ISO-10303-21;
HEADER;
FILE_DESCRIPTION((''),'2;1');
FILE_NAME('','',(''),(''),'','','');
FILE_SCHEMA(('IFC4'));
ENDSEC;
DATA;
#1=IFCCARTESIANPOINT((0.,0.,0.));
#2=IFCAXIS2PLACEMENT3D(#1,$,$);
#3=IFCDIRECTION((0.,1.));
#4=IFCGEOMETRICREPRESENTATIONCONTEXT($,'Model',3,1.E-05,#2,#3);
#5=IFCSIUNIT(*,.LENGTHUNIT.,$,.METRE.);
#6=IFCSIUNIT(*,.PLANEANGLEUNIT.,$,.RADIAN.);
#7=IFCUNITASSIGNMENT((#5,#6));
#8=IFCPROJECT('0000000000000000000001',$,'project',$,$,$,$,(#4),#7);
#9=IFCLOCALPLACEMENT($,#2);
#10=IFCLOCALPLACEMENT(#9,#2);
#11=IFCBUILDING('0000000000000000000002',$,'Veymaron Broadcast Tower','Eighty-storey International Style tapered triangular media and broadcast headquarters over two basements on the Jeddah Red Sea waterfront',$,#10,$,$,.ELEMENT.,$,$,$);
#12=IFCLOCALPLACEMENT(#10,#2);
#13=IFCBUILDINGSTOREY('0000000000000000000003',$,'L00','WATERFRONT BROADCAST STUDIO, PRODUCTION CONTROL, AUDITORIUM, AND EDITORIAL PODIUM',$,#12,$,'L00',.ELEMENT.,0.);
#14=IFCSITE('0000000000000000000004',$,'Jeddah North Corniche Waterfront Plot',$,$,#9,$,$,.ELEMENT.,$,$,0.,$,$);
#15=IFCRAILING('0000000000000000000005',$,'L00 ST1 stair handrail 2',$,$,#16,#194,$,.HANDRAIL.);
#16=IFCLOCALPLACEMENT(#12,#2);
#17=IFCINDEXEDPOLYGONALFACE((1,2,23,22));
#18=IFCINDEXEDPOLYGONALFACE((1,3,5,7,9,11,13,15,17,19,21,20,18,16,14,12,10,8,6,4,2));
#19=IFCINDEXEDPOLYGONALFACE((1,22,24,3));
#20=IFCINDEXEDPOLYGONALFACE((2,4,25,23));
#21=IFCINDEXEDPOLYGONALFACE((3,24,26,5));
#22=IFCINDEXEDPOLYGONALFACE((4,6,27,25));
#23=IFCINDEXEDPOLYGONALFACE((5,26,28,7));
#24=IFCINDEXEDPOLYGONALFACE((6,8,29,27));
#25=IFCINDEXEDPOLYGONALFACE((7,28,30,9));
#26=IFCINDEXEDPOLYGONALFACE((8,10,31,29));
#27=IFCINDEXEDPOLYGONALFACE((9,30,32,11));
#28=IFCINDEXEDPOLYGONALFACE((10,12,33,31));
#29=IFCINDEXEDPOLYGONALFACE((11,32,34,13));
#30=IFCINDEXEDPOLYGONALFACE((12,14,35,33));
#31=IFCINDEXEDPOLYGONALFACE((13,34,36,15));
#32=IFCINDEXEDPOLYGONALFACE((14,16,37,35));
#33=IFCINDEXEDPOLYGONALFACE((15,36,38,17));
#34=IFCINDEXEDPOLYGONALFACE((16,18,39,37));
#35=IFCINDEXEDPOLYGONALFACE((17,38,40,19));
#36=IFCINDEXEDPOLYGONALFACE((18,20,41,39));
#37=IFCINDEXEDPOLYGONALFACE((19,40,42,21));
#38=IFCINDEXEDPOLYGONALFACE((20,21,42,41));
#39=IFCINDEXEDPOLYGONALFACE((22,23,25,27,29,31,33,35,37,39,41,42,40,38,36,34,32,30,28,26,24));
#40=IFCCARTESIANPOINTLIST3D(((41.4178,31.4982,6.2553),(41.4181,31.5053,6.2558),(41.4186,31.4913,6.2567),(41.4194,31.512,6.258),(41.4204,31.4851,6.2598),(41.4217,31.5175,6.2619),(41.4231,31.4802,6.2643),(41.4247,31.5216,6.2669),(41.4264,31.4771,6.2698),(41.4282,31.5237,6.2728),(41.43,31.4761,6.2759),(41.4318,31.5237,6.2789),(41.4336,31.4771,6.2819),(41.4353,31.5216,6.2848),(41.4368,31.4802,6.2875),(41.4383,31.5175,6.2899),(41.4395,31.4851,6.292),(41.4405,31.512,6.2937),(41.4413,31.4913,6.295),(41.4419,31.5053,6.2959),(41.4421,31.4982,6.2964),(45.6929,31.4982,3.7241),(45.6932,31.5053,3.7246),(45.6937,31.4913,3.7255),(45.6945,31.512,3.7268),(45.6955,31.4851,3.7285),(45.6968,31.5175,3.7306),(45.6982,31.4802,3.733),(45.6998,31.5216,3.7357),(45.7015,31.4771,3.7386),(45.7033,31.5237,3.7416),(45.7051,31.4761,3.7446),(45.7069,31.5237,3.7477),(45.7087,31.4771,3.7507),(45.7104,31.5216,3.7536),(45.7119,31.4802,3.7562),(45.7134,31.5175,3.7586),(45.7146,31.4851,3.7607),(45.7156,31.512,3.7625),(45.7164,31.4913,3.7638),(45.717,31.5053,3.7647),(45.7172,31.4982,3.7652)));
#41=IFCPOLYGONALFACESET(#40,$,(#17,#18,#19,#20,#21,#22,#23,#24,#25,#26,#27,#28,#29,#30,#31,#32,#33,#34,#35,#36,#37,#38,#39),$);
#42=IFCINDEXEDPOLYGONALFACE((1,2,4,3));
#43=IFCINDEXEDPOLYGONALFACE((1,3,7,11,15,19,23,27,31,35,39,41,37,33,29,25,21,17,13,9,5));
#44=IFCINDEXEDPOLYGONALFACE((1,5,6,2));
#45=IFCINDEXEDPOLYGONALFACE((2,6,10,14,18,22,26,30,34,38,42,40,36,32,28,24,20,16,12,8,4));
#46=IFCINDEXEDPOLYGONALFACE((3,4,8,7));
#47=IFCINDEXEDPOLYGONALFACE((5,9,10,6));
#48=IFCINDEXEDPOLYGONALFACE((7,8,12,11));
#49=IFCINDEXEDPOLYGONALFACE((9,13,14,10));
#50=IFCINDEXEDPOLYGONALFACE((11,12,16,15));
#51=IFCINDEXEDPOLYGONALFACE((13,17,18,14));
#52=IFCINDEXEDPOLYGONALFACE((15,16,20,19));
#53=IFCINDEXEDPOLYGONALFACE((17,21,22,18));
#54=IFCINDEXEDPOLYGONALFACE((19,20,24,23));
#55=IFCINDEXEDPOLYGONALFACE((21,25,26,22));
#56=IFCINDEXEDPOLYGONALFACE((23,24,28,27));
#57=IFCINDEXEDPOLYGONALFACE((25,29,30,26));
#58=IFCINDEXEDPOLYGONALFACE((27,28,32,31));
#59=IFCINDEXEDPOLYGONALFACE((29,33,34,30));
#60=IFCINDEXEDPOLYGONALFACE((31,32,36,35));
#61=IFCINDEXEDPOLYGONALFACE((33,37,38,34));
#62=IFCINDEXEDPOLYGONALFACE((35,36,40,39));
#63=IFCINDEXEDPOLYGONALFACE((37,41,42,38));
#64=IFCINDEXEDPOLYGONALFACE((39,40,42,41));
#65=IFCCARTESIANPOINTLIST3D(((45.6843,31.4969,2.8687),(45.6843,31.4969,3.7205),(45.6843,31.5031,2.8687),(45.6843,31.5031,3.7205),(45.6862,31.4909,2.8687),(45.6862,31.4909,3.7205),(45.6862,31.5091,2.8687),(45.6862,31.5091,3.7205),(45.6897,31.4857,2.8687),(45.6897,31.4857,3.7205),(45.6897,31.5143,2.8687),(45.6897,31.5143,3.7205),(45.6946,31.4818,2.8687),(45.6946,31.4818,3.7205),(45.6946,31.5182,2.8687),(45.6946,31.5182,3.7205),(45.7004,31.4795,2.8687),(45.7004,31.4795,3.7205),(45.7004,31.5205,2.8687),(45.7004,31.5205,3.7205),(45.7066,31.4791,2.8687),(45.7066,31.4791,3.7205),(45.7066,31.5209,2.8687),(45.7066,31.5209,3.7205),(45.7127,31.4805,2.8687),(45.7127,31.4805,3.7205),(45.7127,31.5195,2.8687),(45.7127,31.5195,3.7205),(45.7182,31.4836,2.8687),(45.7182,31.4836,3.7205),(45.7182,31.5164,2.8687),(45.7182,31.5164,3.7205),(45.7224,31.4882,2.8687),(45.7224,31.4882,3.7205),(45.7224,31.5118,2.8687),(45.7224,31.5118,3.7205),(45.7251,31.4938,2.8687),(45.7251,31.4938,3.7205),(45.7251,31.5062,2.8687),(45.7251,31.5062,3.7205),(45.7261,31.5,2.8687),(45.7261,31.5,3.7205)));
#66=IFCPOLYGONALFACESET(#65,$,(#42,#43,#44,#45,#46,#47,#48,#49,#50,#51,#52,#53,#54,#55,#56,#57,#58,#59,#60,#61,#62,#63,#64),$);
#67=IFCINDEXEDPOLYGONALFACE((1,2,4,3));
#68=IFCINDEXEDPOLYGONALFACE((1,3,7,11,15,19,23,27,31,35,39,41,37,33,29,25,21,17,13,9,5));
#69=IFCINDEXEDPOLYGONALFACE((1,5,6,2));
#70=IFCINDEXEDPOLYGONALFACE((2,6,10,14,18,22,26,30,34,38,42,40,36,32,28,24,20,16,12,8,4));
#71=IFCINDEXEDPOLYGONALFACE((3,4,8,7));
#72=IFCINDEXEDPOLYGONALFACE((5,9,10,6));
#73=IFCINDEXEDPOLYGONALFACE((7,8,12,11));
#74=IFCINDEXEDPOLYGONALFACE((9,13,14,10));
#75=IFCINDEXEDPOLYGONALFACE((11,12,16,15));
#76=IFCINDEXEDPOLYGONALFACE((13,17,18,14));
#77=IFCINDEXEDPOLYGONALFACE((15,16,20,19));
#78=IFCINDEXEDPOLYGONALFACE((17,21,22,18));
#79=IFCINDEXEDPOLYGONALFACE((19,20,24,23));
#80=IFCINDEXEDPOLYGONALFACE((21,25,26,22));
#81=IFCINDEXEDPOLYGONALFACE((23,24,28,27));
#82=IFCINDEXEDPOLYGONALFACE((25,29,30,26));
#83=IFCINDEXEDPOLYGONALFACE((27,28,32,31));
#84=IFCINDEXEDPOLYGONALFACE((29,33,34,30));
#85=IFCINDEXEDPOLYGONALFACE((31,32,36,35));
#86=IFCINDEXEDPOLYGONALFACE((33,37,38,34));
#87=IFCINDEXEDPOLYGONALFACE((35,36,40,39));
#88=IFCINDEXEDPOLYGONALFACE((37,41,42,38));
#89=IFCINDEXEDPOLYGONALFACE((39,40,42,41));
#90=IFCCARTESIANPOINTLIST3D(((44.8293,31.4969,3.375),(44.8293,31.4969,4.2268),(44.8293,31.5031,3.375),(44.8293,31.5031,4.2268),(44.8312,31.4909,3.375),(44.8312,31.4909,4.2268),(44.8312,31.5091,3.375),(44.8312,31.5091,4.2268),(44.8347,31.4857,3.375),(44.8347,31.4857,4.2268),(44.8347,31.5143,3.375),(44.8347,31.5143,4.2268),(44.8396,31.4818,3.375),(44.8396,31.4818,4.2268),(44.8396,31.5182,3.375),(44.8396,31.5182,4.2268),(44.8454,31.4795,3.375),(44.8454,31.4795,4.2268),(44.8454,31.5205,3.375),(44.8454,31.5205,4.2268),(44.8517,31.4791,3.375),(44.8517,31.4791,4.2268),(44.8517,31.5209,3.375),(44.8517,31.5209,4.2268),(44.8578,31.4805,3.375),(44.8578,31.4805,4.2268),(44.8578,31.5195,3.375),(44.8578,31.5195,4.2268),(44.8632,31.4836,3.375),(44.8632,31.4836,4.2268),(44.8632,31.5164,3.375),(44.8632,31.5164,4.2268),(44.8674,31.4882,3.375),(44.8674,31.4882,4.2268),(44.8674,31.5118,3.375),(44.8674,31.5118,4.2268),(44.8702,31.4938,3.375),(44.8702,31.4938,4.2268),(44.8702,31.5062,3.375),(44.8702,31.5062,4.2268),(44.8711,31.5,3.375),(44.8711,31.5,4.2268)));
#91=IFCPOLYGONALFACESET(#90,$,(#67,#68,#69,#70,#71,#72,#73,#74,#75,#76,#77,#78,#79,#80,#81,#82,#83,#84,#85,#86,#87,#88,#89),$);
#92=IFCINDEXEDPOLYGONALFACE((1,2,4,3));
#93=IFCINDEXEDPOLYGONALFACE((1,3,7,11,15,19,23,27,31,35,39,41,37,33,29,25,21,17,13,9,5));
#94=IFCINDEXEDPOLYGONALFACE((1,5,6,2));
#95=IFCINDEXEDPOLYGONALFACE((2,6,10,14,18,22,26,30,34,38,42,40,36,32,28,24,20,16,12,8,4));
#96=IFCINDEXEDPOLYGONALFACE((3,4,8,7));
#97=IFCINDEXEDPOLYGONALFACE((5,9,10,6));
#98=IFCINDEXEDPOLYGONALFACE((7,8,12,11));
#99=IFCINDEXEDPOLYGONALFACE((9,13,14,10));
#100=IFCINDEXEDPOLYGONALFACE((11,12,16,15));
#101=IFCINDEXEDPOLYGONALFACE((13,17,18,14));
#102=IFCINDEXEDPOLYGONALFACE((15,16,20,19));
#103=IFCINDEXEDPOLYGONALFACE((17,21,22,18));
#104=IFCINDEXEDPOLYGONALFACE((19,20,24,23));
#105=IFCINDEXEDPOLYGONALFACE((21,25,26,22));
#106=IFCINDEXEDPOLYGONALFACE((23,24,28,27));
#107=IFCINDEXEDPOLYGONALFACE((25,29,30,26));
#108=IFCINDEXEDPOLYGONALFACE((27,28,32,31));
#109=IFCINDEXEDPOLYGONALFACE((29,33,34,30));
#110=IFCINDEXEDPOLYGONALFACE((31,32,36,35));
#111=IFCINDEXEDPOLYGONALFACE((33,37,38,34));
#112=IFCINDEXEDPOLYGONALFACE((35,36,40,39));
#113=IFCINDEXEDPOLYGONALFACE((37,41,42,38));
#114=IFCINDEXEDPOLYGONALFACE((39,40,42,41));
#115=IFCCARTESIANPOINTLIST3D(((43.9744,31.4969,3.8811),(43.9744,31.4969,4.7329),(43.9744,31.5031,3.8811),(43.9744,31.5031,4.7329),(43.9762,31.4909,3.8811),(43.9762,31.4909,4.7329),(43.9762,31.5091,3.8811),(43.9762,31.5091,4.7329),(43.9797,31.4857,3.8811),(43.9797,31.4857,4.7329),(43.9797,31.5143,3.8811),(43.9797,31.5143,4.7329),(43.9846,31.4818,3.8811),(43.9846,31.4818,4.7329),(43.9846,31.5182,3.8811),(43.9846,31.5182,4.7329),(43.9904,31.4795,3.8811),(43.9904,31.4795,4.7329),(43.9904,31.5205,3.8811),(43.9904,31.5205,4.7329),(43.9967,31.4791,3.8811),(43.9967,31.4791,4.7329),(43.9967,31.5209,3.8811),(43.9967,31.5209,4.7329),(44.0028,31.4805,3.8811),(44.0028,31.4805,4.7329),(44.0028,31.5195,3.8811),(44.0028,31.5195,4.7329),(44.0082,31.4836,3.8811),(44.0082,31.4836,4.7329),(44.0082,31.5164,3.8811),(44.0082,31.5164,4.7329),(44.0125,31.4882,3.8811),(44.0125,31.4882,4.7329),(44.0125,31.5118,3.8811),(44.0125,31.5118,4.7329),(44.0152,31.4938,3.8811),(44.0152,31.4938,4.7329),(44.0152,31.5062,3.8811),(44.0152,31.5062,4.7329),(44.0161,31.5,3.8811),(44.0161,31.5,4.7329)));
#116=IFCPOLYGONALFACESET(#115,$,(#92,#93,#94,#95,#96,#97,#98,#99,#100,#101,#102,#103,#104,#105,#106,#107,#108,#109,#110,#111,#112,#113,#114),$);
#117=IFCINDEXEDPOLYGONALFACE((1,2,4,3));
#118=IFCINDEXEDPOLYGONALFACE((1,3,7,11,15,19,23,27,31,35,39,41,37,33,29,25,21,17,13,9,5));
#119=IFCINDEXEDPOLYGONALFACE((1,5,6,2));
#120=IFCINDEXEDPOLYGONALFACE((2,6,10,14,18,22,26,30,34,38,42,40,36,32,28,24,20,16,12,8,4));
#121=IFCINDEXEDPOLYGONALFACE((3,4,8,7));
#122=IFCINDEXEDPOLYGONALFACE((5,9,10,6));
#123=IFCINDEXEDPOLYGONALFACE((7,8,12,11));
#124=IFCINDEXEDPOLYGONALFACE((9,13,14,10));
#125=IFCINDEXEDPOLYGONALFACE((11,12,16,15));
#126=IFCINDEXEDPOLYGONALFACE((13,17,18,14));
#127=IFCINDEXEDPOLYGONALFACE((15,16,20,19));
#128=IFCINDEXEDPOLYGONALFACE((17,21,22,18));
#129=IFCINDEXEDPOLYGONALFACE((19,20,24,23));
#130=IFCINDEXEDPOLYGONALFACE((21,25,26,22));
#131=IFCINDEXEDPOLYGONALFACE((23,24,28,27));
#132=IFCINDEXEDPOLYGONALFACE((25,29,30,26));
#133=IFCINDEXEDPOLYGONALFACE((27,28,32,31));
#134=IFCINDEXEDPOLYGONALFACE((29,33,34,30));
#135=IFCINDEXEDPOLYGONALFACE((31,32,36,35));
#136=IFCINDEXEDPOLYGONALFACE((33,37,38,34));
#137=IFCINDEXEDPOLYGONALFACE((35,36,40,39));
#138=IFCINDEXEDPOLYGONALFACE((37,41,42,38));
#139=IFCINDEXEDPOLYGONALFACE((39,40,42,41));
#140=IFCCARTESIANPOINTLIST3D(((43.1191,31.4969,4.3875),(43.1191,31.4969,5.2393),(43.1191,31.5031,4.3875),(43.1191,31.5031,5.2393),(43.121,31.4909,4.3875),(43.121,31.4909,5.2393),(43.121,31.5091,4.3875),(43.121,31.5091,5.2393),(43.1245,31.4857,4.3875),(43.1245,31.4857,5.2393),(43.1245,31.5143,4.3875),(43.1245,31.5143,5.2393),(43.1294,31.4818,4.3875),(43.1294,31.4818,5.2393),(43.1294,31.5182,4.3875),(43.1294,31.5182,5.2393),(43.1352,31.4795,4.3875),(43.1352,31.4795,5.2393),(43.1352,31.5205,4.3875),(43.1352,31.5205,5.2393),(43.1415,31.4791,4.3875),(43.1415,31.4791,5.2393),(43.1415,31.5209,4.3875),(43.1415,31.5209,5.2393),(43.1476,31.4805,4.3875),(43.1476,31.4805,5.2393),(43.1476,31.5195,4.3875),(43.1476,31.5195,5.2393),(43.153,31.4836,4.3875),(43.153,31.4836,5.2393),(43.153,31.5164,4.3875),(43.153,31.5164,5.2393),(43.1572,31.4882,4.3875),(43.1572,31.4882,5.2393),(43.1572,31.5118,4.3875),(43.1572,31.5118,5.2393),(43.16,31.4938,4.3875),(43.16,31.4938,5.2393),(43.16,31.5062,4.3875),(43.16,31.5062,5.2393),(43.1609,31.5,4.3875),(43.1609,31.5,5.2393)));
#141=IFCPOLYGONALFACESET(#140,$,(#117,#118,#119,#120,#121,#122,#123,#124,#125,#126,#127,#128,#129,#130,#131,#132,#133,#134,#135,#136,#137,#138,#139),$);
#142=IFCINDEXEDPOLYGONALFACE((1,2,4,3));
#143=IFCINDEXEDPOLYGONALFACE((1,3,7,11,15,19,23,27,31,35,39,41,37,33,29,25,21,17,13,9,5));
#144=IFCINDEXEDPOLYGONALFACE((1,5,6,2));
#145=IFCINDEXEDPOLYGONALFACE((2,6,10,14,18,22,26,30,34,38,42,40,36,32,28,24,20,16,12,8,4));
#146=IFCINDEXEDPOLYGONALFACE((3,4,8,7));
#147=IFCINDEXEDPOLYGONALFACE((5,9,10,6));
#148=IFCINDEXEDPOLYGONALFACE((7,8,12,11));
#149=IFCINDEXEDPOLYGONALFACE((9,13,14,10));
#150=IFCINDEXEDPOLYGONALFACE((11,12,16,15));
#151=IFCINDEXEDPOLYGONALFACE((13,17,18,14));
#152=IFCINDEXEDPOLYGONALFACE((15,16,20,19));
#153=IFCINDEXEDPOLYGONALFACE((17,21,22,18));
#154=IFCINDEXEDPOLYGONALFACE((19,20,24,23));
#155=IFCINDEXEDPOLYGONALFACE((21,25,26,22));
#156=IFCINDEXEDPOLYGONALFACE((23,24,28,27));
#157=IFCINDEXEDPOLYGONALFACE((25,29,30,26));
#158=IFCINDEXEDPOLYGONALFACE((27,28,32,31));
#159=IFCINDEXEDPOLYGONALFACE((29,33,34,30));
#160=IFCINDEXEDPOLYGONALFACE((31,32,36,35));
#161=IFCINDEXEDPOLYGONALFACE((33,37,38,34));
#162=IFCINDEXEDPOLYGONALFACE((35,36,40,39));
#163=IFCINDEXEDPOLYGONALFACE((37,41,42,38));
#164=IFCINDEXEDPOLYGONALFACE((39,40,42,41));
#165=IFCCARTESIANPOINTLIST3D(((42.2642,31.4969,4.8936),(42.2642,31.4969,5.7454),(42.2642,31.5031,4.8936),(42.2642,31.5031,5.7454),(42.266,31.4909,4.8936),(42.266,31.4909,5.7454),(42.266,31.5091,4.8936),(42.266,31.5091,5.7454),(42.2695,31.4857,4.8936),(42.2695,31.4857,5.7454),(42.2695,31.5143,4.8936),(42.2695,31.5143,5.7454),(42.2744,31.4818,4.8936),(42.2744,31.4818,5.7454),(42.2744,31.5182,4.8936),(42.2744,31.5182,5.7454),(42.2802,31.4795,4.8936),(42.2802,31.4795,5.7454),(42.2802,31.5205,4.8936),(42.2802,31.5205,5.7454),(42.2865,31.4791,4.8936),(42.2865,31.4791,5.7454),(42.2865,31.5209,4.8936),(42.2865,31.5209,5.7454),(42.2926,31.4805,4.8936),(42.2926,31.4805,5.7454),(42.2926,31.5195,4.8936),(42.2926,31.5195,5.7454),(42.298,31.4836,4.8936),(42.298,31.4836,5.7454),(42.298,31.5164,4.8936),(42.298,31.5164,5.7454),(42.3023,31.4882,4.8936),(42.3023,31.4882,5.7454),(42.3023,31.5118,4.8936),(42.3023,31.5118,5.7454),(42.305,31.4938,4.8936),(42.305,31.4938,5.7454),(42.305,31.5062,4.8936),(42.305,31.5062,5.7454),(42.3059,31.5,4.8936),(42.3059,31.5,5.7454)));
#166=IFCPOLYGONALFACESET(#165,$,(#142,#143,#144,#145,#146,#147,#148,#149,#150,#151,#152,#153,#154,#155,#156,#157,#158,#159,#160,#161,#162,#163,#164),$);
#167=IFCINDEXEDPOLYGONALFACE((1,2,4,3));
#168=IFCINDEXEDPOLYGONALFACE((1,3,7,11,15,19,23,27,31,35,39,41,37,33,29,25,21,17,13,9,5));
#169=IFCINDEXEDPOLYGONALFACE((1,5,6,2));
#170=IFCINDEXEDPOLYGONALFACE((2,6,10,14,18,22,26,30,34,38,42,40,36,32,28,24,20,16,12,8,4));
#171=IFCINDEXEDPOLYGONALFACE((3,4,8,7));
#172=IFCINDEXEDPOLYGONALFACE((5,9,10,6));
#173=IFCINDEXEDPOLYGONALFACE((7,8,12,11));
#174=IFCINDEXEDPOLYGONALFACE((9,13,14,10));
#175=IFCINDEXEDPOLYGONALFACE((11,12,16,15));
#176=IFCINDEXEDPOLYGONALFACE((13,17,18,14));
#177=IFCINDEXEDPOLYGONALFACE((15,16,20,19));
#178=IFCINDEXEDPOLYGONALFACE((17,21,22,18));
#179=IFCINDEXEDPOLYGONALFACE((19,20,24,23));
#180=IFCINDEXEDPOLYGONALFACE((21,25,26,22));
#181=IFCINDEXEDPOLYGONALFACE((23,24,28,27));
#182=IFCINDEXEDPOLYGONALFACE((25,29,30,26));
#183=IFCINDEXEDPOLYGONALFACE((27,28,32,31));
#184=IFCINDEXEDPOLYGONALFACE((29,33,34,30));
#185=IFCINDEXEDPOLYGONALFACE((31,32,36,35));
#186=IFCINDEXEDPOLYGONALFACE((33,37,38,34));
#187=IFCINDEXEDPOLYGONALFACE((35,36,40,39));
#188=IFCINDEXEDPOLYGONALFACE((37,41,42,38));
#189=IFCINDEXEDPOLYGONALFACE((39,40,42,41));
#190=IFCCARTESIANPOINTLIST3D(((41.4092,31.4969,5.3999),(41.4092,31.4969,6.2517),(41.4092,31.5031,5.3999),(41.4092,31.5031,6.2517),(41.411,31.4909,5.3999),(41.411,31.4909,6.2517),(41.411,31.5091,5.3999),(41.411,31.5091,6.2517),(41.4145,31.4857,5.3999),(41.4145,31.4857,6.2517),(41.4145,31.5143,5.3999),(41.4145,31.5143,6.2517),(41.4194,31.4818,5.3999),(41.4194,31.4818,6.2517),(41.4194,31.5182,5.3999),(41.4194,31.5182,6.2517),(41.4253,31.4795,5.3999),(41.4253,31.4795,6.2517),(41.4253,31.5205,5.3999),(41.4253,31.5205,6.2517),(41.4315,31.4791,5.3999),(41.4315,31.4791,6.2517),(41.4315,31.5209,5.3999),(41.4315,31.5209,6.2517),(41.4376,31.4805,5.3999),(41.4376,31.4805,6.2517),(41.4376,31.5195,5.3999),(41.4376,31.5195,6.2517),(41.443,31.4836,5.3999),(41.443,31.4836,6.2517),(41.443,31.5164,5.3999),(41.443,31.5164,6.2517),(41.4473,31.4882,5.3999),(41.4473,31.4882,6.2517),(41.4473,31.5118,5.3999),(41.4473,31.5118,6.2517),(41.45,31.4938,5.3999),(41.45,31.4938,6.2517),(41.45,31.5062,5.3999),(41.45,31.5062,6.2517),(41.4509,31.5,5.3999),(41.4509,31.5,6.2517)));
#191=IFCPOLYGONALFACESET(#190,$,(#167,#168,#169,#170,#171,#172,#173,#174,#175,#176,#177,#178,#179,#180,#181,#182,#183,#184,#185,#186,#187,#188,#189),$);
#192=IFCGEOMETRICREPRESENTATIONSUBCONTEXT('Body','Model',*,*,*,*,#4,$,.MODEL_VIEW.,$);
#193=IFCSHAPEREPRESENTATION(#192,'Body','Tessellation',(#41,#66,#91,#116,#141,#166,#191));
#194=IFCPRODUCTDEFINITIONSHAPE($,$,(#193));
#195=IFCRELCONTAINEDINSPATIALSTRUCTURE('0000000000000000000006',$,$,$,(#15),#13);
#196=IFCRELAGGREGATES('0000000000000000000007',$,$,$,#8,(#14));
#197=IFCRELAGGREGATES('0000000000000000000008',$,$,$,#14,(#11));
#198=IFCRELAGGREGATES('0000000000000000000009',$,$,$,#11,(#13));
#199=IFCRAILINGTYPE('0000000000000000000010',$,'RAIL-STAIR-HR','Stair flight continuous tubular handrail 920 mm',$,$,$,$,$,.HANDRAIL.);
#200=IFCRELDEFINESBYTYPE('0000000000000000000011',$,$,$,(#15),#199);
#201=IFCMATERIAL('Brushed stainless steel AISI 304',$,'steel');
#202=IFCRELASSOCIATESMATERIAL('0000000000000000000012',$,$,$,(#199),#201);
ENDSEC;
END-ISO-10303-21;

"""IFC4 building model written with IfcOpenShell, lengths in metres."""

from ifc_helpers import new_model, si_unit, direction, frame, origin, origin_2d, place, context, subcontext, project, spatial, circle, extrude, material, type_object, element, save


model = new_model("IFC4")

# Units and contexts
model_context = context("Model", 3, precision=1e-05, world=origin(), true_north=direction((0.0, 1.0)))
body_context = subcontext(model_context, "Body", "Model", "MODEL_VIEW")
ifc_project = project(units=[si_unit("LENGTHUNIT", "METRE"), si_unit("PLANEANGLEUNIT", "RADIAN")], contexts=[model_context])

# Site, building, storey
site_placement = place(None, origin())
site = spatial("IfcSite", under=ifc_project, at=site_placement, Name="Jeddah North Corniche Waterfront Plot", CompositionType="ELEMENT", RefElevation=0.0)
building_placement = place(site_placement, origin())
building = spatial("IfcBuilding", under=site, at=building_placement, Name="Veymaron Broadcast Tower", Description="Eighty-storey International Style tapered triangular media and broadcast headquarters over two basements on the Jeddah Red Sea waterfront", CompositionType="ELEMENT")
storey_placement = place(building_placement, origin())
storey = spatial("IfcBuildingStorey", under=building, at=storey_placement, Name="L00", Description="WATERFRONT BROADCAST STUDIO, PRODUCTION CONTROL, AUDITORIUM, AND EDITORIAL PODIUM", LongName="L00", CompositionType="ELEMENT", Elevation=0.0)

# Railing
ifc_material_1 = material(Name="Brushed stainless steel AISI 304", Category="steel")
railing_type_1 = type_object("IfcRailingType", Name="RAIL-STAIR-HR", Description="Stair flight continuous tubular handrail 920 mm", PredefinedType="HANDRAIL", material=ifc_material_1)
railing_1_placement = place(storey_placement, frame((45.7051, 31.5, 2.8687)))
element("IfcRailing", 1, at=railing_1_placement, inside=storey, type_object=railing_type_1, Name="L00 ST1 stair handrail 2", PredefinedType="HANDRAIL", context=body_context, shape_type="SweptSolid", body=[
    extrude(circle(Radius=0.0239, at=origin_2d()), frame((0.0, 0.0, 0.876), z_axis=(-0.860483, 0.0, 0.509479), x_axis=(0.0, -1.0, 0.0)), (0.0, 0.0, 1.0), 4.9683),
    extrude(circle(Radius=0.021, at=origin_2d()), origin(), (0.0, 0.0, 1.0), 0.8518),
    extrude(circle(Radius=0.021, at=origin_2d()), frame((-0.855, 0.0, 0.5063)), (0.0, 0.0, 1.0), 0.8518),
    extrude(circle(Radius=0.021, at=origin_2d()), frame((-1.71, 0.0, 1.0125)), (0.0, 0.0, 1.0), 0.8518),
    extrude(circle(Radius=0.021, at=origin_2d()), frame((-2.5652, 0.0, 1.5188)), (0.0, 0.0, 1.0), 0.8518),
    extrude(circle(Radius=0.021, at=origin_2d()), frame((-3.4202, 0.0, 2.0249)), (0.0, 0.0, 1.0), 0.8518),
    extrude(circle(Radius=0.021, at=origin_2d()), frame((-4.2751, 0.0, 2.5312)), (0.0, 0.0, 1.0), 0.8518),
])

save(model, "model.ifc")
